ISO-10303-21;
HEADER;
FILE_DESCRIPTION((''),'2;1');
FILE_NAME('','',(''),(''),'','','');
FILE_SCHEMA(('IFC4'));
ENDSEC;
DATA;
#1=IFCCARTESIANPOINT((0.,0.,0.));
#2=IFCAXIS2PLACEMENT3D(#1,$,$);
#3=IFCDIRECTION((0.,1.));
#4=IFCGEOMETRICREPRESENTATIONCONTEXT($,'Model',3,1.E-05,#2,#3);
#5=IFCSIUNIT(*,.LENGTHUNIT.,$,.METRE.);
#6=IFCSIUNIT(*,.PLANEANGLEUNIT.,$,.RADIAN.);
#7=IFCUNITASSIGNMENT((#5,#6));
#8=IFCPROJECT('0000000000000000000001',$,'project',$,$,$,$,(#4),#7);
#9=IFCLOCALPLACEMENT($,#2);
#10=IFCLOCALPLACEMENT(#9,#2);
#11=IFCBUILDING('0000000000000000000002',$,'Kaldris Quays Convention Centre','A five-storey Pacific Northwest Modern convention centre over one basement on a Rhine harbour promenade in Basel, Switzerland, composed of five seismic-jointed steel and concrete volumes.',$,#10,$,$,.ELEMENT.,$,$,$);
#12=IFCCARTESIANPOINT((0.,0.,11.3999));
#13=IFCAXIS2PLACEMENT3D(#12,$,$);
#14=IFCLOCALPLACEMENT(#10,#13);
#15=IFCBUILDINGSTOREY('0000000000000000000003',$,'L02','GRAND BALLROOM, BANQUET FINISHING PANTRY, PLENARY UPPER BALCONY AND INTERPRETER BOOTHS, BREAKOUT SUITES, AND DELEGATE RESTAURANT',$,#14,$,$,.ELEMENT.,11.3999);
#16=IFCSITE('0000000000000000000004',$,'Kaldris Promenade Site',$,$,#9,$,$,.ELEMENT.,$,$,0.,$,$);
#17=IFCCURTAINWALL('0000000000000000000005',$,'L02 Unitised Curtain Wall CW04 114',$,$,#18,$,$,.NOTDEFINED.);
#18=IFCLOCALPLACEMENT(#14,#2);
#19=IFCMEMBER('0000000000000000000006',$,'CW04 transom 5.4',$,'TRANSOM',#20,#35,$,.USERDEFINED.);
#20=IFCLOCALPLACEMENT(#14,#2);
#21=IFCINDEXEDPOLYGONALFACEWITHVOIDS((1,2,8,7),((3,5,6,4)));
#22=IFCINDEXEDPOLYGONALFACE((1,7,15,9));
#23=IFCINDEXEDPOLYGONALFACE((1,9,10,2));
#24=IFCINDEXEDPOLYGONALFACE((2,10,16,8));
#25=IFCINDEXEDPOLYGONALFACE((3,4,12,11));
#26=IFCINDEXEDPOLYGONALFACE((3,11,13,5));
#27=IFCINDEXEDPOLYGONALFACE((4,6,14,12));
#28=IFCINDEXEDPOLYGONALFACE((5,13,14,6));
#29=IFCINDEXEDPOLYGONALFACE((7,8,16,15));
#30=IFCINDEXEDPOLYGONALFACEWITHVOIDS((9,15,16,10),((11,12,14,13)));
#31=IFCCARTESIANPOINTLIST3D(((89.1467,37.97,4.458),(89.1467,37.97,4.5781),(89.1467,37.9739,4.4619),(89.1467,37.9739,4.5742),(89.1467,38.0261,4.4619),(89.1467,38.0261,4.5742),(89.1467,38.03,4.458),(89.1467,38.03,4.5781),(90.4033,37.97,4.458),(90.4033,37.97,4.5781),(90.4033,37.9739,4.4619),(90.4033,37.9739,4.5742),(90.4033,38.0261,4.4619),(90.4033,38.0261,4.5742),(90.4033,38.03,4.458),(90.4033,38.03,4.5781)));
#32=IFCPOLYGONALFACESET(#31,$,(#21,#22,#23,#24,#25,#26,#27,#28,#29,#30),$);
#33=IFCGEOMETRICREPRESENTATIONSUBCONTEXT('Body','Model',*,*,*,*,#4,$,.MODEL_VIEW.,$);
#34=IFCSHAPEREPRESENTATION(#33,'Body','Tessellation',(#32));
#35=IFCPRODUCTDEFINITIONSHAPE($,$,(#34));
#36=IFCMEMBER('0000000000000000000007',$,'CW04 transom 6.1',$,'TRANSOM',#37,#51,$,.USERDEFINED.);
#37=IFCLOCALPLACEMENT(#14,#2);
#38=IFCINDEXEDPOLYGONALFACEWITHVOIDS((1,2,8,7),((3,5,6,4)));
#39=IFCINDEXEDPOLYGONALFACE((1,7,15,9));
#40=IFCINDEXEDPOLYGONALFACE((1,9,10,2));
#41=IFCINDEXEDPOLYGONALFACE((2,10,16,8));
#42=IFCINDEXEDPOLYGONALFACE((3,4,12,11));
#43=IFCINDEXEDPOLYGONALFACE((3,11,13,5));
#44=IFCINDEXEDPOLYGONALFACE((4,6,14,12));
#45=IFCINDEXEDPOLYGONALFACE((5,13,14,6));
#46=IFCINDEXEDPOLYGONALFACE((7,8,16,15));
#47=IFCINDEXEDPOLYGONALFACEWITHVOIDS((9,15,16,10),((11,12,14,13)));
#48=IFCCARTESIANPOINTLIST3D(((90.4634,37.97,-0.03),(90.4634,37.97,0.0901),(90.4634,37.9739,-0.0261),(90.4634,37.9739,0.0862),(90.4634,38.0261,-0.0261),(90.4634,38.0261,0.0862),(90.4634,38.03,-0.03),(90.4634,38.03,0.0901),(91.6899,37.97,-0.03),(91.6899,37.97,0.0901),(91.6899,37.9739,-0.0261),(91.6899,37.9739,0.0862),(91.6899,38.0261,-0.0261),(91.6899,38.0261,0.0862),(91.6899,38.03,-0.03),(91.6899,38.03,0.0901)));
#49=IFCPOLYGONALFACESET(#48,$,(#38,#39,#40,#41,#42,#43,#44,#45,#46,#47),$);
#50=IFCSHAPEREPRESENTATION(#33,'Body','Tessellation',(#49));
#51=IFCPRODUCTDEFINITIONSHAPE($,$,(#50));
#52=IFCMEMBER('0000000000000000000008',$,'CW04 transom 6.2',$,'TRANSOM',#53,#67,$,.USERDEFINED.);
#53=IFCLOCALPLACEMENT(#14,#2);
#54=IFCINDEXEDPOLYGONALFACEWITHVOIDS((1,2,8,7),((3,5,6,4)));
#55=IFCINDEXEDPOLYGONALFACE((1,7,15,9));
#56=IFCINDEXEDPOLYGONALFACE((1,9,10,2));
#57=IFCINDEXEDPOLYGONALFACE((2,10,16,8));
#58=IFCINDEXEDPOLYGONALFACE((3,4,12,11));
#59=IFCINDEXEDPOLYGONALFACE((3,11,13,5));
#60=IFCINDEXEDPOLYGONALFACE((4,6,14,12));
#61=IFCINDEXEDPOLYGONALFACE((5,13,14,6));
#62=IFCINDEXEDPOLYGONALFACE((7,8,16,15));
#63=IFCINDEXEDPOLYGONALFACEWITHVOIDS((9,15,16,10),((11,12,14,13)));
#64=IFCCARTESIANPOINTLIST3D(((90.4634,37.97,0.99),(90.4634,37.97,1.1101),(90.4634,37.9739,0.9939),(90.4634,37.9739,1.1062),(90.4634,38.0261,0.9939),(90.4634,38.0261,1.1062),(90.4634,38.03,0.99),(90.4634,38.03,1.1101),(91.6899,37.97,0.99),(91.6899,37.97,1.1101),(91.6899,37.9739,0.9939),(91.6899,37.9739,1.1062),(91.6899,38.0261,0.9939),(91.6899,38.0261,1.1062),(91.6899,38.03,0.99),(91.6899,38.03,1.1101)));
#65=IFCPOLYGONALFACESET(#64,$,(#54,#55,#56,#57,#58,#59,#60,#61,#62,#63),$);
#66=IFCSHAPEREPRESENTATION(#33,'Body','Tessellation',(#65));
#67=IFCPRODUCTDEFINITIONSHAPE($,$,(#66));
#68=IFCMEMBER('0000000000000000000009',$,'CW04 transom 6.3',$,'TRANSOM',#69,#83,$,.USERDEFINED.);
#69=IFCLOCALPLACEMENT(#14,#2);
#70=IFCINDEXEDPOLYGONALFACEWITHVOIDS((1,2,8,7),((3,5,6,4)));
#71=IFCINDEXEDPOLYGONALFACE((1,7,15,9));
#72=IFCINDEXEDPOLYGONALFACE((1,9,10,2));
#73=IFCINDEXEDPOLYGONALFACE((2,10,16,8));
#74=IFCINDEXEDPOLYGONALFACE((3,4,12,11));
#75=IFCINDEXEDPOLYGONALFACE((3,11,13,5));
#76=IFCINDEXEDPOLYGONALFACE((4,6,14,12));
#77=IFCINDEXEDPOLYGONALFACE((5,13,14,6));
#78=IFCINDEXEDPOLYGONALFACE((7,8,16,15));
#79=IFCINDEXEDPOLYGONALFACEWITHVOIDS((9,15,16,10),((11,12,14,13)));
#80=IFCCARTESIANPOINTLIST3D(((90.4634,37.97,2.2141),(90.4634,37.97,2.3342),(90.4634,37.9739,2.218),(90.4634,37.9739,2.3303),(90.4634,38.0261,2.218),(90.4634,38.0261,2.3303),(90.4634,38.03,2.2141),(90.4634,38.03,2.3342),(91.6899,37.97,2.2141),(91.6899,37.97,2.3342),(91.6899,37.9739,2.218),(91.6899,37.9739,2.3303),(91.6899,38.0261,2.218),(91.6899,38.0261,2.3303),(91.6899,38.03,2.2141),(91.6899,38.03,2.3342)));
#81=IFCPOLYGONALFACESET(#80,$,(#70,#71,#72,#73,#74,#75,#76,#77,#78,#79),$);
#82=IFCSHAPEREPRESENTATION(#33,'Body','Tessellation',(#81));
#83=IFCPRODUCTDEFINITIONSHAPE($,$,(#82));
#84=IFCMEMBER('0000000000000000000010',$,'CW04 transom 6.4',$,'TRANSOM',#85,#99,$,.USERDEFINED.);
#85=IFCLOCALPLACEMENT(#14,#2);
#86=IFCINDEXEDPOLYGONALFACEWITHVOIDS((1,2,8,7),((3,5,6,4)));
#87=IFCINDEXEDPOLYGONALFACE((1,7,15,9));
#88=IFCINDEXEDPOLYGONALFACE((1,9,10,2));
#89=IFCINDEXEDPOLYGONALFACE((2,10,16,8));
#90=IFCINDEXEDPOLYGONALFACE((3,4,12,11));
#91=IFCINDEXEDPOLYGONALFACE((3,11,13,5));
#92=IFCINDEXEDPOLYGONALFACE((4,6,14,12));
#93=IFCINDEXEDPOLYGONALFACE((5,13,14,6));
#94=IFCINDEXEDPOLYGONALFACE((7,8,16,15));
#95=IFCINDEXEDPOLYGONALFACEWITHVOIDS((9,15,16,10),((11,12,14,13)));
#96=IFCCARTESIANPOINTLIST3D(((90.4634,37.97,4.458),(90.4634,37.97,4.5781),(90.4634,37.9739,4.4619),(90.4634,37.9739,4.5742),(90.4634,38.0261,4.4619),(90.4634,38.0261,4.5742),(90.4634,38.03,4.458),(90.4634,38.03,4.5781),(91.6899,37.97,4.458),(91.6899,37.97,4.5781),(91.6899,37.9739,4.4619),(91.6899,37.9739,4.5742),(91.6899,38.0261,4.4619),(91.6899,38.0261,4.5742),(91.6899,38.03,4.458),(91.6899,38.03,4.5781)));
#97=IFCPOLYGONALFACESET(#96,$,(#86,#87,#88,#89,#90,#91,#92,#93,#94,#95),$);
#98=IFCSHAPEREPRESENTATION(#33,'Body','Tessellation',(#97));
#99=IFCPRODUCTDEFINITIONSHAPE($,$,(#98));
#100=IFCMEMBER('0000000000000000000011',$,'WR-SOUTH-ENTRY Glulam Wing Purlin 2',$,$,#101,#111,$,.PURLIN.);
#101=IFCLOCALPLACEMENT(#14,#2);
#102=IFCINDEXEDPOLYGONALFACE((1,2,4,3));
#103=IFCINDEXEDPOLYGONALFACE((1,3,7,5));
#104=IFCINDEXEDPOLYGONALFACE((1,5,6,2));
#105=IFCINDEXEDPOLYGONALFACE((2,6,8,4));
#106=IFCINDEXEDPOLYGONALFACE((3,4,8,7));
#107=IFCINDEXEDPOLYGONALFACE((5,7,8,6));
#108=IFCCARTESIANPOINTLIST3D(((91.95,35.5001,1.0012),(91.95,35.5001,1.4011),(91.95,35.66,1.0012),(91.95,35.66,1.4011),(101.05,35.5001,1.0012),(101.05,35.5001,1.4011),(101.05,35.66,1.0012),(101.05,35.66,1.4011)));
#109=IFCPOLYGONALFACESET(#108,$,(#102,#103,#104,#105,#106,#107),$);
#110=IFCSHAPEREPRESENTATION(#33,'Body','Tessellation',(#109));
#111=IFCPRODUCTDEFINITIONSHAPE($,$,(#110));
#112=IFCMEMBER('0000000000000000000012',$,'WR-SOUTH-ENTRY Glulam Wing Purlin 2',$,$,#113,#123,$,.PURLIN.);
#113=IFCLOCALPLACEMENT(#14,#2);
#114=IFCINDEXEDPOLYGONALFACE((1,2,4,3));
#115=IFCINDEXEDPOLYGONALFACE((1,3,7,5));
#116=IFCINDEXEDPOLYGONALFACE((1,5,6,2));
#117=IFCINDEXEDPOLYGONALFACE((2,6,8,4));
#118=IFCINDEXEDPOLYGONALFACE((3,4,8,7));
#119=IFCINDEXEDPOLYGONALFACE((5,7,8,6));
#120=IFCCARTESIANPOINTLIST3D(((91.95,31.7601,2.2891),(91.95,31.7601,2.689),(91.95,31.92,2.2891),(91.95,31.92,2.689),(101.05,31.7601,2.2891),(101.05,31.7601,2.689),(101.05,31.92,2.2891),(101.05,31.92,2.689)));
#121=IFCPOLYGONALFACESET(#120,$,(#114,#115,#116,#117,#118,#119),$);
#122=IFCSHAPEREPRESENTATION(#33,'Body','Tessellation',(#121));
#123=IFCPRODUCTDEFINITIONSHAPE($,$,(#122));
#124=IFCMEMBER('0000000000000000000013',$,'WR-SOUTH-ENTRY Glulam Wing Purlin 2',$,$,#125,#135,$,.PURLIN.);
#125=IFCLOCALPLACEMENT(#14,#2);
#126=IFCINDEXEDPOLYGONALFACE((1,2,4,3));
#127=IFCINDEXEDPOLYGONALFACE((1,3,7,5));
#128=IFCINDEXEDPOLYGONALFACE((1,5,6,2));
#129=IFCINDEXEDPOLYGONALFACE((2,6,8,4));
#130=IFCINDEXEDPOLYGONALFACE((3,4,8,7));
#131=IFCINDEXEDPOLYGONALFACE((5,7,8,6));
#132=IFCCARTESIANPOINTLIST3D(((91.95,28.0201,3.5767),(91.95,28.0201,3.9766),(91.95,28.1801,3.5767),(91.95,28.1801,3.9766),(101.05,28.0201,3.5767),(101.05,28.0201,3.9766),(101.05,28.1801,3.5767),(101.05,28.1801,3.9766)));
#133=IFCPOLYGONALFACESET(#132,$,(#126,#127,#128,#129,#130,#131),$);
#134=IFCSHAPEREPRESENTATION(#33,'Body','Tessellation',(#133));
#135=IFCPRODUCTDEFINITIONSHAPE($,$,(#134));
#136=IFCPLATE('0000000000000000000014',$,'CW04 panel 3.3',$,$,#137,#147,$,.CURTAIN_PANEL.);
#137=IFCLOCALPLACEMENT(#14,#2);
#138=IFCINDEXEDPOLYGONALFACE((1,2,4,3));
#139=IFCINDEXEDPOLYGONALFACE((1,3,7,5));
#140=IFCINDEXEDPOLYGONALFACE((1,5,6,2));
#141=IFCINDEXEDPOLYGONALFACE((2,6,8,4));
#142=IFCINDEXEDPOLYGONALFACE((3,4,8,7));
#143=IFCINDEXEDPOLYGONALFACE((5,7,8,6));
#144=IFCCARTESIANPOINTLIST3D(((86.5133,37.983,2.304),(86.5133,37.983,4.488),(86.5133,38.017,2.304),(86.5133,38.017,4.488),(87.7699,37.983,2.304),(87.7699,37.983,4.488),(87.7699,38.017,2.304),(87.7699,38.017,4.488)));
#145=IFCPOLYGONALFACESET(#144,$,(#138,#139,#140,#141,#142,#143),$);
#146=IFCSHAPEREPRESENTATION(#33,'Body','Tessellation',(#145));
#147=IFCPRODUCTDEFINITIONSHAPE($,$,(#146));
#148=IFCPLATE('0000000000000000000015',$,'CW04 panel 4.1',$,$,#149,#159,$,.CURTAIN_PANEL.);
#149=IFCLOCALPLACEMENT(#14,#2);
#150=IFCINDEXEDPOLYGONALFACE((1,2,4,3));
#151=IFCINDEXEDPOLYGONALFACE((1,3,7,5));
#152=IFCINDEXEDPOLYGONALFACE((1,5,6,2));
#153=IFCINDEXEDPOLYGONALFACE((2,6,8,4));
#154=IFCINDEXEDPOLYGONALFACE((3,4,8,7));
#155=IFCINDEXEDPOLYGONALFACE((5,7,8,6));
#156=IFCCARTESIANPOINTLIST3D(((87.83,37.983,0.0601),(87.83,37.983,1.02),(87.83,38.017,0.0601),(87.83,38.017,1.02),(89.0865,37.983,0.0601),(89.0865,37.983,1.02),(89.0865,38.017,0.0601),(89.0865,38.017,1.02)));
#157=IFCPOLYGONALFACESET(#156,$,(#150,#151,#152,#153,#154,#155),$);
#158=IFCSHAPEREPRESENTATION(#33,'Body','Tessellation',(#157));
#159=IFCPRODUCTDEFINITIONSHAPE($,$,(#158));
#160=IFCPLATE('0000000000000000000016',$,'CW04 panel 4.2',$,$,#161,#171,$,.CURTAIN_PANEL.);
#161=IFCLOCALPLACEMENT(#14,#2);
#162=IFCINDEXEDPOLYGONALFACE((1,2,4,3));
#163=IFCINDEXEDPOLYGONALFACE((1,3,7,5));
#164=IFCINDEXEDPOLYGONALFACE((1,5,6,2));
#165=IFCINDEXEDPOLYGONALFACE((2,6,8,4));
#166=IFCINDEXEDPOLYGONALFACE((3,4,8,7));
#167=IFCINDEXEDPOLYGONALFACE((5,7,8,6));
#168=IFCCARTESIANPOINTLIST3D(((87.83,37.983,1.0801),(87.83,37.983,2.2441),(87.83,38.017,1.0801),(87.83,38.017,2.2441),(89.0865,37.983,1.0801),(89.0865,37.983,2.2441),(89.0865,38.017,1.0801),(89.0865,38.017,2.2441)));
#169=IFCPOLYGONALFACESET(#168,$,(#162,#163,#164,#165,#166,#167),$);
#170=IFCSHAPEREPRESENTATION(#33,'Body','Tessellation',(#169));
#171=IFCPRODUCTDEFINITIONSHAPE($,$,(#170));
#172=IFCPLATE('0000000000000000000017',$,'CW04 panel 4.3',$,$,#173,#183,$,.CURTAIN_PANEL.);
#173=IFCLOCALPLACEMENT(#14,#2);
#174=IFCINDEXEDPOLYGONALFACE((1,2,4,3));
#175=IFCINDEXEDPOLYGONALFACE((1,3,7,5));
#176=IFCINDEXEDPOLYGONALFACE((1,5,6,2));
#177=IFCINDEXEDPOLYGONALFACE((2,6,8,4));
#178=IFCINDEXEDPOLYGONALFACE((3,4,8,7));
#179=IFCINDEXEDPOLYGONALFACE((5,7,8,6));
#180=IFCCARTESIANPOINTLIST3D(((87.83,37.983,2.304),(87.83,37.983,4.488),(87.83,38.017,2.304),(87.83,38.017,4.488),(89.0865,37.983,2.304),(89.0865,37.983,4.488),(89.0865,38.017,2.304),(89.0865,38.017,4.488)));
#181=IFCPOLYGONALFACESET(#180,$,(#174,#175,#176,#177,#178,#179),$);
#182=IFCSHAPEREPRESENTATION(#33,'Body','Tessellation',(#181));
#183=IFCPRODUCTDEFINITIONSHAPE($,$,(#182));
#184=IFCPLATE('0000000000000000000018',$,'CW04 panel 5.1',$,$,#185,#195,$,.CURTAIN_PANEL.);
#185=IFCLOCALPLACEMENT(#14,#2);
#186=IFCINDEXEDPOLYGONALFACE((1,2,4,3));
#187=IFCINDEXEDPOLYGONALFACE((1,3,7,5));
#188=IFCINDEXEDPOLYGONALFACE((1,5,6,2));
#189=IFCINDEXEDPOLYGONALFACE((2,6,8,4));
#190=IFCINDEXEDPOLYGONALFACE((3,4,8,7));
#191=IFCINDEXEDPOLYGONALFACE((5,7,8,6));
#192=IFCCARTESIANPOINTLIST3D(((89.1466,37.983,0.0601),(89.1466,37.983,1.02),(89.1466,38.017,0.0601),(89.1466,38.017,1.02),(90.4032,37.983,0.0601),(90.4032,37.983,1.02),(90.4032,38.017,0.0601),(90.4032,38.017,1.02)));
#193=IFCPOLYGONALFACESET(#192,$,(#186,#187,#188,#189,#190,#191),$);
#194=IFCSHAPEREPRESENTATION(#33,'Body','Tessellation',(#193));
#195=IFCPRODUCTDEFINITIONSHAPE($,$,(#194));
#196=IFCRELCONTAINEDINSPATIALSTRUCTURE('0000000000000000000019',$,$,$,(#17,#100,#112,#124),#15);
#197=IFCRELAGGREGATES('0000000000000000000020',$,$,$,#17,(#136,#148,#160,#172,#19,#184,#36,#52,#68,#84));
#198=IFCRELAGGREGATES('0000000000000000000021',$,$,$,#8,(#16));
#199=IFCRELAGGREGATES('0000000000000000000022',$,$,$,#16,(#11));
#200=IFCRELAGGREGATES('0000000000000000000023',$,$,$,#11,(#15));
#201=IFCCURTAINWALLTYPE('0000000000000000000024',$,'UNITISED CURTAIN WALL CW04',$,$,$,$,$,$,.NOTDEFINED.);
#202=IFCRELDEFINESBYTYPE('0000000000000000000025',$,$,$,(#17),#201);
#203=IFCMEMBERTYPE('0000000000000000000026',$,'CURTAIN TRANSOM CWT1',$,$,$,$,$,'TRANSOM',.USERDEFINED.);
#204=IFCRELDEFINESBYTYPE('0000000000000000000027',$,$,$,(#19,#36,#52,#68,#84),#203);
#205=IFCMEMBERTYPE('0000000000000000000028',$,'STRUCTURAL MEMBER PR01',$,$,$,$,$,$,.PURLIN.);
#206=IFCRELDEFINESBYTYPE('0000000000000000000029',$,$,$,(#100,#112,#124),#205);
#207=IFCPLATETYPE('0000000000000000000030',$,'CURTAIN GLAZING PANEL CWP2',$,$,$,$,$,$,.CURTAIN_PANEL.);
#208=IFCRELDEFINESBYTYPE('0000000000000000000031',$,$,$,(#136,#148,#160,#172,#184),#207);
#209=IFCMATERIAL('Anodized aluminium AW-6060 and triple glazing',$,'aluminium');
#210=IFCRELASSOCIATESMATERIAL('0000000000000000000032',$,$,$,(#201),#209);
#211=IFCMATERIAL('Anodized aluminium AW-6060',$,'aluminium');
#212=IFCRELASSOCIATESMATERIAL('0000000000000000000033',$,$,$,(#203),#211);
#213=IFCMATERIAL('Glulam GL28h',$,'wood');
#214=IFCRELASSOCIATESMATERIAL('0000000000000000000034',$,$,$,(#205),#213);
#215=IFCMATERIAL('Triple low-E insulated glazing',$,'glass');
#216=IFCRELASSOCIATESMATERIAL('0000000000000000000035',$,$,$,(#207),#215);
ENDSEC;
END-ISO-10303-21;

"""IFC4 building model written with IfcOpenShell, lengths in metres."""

from ifc_helpers import new_model, si_unit, direction, frame, origin, origin_2d, place, context, subcontext, project, spatial, rectangle, hollow_rectangle, extrude, material, material_profile, profile_set, type_object, element, aggregate, save


model = new_model("IFC4")

# Units and contexts
model_context = context("Model", 3, precision=1e-05, world=origin(), true_north=direction((0.0, 1.0)))
body_context = subcontext(model_context, "Body", "Model", "MODEL_VIEW")
ifc_project = project(units=[si_unit("LENGTHUNIT", "METRE"), si_unit("PLANEANGLEUNIT", "RADIAN")], contexts=[model_context])

# Site, building, storey
site_placement = place(None, origin())
site = spatial("IfcSite", under=ifc_project, at=site_placement, Name="Kaldris Promenade Site", CompositionType="ELEMENT", RefElevation=0.0)
building_placement = place(site_placement, origin())
building = spatial("IfcBuilding", under=site, at=building_placement, Name="Kaldris Quays Convention Centre", Description="A five-storey Pacific Northwest Modern convention centre over one basement on a Rhine harbour promenade in Basel, Switzerland, composed of five seismic-jointed steel and concrete volumes.", CompositionType="ELEMENT")
storey_placement = place(building_placement, frame((0.0, 0.0, 11.3999)))
storey = spatial("IfcBuildingStorey", under=building, at=storey_placement, Name="L02", Description="GRAND BALLROOM, BANQUET FINISHING PANTRY, PLENARY UPPER BALCONY AND INTERPRETER BOOTHS, BREAKOUT SUITES, AND DELEGATE RESTAURANT", CompositionType="ELEMENT", Elevation=11.3999)

# Curtain wall, members
ifc_material_1 = material(Name="Anodized aluminium AW-6060 and triple glazing", Category="aluminium")
curtain_wall_type = type_object("IfcCurtainWallType", Name="UNITISED CURTAIN WALL CW04", PredefinedType="NOTDEFINED", material=ifc_material_1)
curtain_wall_placement = place(storey_placement, origin())
curtain_wall = element("IfcCurtainWall", 1, at=curtain_wall_placement, inside=storey, type_object=curtain_wall_type, Name="L02 Unitised Curtain Wall CW04 114", PredefinedType="NOTDEFINED")
ifc_material_2 = material(Name="Anodized aluminium AW-6060", Category="aluminium")
ifc_material_profile_1 = material_profile(ifc_material_2, hollow_rectangle(XDim=0.0601, YDim=0.1201, WallThickness=0.0039, at=origin_2d()), Name="RHS 120x60x4")
ifc_profile_set_1 = profile_set([ifc_material_profile_1], Name="Anodized aluminium AW-6060")
member_type_1 = type_object("IfcMemberType", Name="CURTAIN TRANSOM CWT1", ElementType="TRANSOM", PredefinedType="USERDEFINED", material=ifc_profile_set_1)
member_1_placement = place(storey_placement, frame((89.1467, 38.0, 4.5181), z_axis=(1.0, 0.0, 0.0), x_axis=(0.0, 1.0, 0.0)))
member_1 = element("IfcMember", 2, at=member_1_placement, type_object=member_type_1, Name="CW04 transom 5.4", ObjectType="TRANSOM", PredefinedType="USERDEFINED", context=body_context, shape_type="SweptSolid", body=[
    extrude(hollow_rectangle(XDim=0.0601, YDim=0.1201, WallThickness=0.0039, at=origin_2d()), origin(), (0.0, 0.0, 1.0), 1.2566),
])
member_2_placement = place(storey_placement, frame((90.4634, 38.0, 0.03), z_axis=(1.0, 0.0, 0.0), x_axis=(0.0, 1.0, 0.0)))
member_2 = element("IfcMember", 3, at=member_2_placement, type_object=member_type_1, Name="CW04 transom 6.1", ObjectType="TRANSOM", PredefinedType="USERDEFINED", context=body_context, shape_type="SweptSolid", body=[
    extrude(hollow_rectangle(XDim=0.0601, YDim=0.1201, WallThickness=0.0039, at=origin_2d()), origin(), (0.0, 0.0, 1.0), 1.2266),
])
member_3_placement = place(storey_placement, frame((90.4634, 38.0, 1.05), z_axis=(1.0, 0.0, 0.0), x_axis=(0.0, 1.0, 0.0)))
member_3 = element("IfcMember", 4, at=member_3_placement, type_object=member_type_1, Name="CW04 transom 6.2", ObjectType="TRANSOM", PredefinedType="USERDEFINED", context=body_context, shape_type="SweptSolid", body=[
    extrude(hollow_rectangle(XDim=0.0601, YDim=0.1201, WallThickness=0.0039, at=origin_2d()), origin(), (0.0, 0.0, 1.0), 1.2266),
])
member_4_placement = place(storey_placement, frame((90.4634, 38.0, 2.2742), z_axis=(1.0, 0.0, 0.0), x_axis=(0.0, 1.0, 0.0)))
member_4 = element("IfcMember", 5, at=member_4_placement, type_object=member_type_1, Name="CW04 transom 6.3", ObjectType="TRANSOM", PredefinedType="USERDEFINED", context=body_context, shape_type="SweptSolid", body=[
    extrude(hollow_rectangle(XDim=0.0601, YDim=0.1201, WallThickness=0.0039, at=origin_2d()), origin(), (0.0, 0.0, 1.0), 1.2266),
])
member_5_placement = place(storey_placement, frame((90.4634, 38.0, 4.5181), z_axis=(1.0, 0.0, 0.0), x_axis=(0.0, 1.0, 0.0)))
member_5 = element("IfcMember", 6, at=member_5_placement, type_object=member_type_1, Name="CW04 transom 6.4", ObjectType="TRANSOM", PredefinedType="USERDEFINED", context=body_context, shape_type="SweptSolid", body=[
    extrude(hollow_rectangle(XDim=0.0601, YDim=0.1201, WallThickness=0.0039, at=origin_2d()), origin(), (0.0, 0.0, 1.0), 1.2266),
])

# Members
ifc_material_3 = material(Name="Glulam GL28h", Category="wood")
ifc_material_profile_2 = material_profile(ifc_material_3, rectangle(XDim=0.1599, YDim=0.3999, at=origin_2d()), Name="GL 160x400")
ifc_profile_set_2 = profile_set([ifc_material_profile_2], Name="Glulam GL28h")
member_type_2 = type_object("IfcMemberType", Name="STRUCTURAL MEMBER PR01", PredefinedType="PURLIN", material=ifc_profile_set_2)
for number, where, z_axis, x_axis, name in (
    (7, (91.95, 35.5801, 1.2012), (1.0, 0.0, 0.0), (0.0, 1.0, 0.0), "WR-SOUTH-ENTRY Glulam Wing Purlin 2"),
    (8, (91.95, 31.8401, 2.489), (1.0, 0.0, 0.0), (0.0, 1.0, 0.0), "WR-SOUTH-ENTRY Glulam Wing Purlin 2"),
    (9, (91.95, 28.1001, 3.7766), (1.0, 0.0, 0.0), (0.0, 1.0, 0.0), "WR-SOUTH-ENTRY Glulam Wing Purlin 2"),
):
    element("IfcMember", number, at=place(storey_placement, frame(where, z_axis=z_axis, x_axis=x_axis)), inside=storey, type_object=member_type_2, Name=name, PredefinedType="PURLIN", context=body_context, shape_type="SweptSolid", body=[
        extrude(rectangle(XDim=0.1599, YDim=0.3999, at=origin_2d()), origin(), (0.0, 0.0, 1.0), 9.1001),
    ])

# Plates
ifc_material_4 = material(Name="Triple low-E insulated glazing", Category="glass")
plate_type_1 = type_object("IfcPlateType", Name="CURTAIN GLAZING PANEL CWP2", PredefinedType="CURTAIN_PANEL", material=ifc_material_4)
plate_1_placement = place(storey_placement, frame((87.1416, 38.0, 2.304), z_axis=(0.0, 0.0, 1.0), x_axis=(1.0, 0.0, 0.0)))
plate_1 = element("IfcPlate", 10, at=plate_1_placement, type_object=plate_type_1, Name="CW04 panel 3.3", PredefinedType="CURTAIN_PANEL", context=body_context, shape_type="SweptSolid", body=[
    extrude(rectangle(XDim=1.2566, YDim=0.0339, at=origin_2d()), origin(), (0.0, 0.0, 1.0), 2.1841),
])
plate_2_placement = place(storey_placement, frame((88.4583, 38.0, 0.0601), z_axis=(0.0, 0.0, 1.0), x_axis=(1.0, 0.0, 0.0)))
plate_2 = element("IfcPlate", 11, at=plate_2_placement, type_object=plate_type_1, Name="CW04 panel 4.1", PredefinedType="CURTAIN_PANEL", context=body_context, shape_type="SweptSolid", body=[
    extrude(rectangle(XDim=1.2566, YDim=0.0339, at=origin_2d()), origin(), (0.0, 0.0, 1.0), 0.96),
])
plate_3_placement = place(storey_placement, frame((88.4583, 38.0, 1.0801), z_axis=(0.0, 0.0, 1.0), x_axis=(1.0, 0.0, 0.0)))
plate_3 = element("IfcPlate", 12, at=plate_3_placement, type_object=plate_type_1, Name="CW04 panel 4.2", PredefinedType="CURTAIN_PANEL", context=body_context, shape_type="SweptSolid", body=[
    extrude(rectangle(XDim=1.2566, YDim=0.0339, at=origin_2d()), origin(), (0.0, 0.0, 1.0), 1.1641),
])
plate_4_placement = place(storey_placement, frame((88.4583, 38.0, 2.304), z_axis=(0.0, 0.0, 1.0), x_axis=(1.0, 0.0, 0.0)))
plate_4 = element("IfcPlate", 13, at=plate_4_placement, type_object=plate_type_1, Name="CW04 panel 4.3", PredefinedType="CURTAIN_PANEL", context=body_context, shape_type="SweptSolid", body=[
    extrude(rectangle(XDim=1.2566, YDim=0.0339, at=origin_2d()), origin(), (0.0, 0.0, 1.0), 2.1841),
])
plate_5_placement = place(storey_placement, frame((89.7749, 38.0, 0.0601), z_axis=(0.0, 0.0, 1.0), x_axis=(1.0, 0.0, 0.0)))
plate_5 = element("IfcPlate", 14, at=plate_5_placement, type_object=plate_type_1, Name="CW04 panel 5.1", PredefinedType="CURTAIN_PANEL", context=body_context, shape_type="SweptSolid", body=[
    extrude(rectangle(XDim=1.2566, YDim=0.0339, at=origin_2d()), origin(), (0.0, 0.0, 1.0), 0.96),
])
aggregate(curtain_wall, [plate_1, plate_2, plate_3, plate_4, member_1, plate_5, member_2, member_3, member_4, member_5])

save(model, "model.ifc")
